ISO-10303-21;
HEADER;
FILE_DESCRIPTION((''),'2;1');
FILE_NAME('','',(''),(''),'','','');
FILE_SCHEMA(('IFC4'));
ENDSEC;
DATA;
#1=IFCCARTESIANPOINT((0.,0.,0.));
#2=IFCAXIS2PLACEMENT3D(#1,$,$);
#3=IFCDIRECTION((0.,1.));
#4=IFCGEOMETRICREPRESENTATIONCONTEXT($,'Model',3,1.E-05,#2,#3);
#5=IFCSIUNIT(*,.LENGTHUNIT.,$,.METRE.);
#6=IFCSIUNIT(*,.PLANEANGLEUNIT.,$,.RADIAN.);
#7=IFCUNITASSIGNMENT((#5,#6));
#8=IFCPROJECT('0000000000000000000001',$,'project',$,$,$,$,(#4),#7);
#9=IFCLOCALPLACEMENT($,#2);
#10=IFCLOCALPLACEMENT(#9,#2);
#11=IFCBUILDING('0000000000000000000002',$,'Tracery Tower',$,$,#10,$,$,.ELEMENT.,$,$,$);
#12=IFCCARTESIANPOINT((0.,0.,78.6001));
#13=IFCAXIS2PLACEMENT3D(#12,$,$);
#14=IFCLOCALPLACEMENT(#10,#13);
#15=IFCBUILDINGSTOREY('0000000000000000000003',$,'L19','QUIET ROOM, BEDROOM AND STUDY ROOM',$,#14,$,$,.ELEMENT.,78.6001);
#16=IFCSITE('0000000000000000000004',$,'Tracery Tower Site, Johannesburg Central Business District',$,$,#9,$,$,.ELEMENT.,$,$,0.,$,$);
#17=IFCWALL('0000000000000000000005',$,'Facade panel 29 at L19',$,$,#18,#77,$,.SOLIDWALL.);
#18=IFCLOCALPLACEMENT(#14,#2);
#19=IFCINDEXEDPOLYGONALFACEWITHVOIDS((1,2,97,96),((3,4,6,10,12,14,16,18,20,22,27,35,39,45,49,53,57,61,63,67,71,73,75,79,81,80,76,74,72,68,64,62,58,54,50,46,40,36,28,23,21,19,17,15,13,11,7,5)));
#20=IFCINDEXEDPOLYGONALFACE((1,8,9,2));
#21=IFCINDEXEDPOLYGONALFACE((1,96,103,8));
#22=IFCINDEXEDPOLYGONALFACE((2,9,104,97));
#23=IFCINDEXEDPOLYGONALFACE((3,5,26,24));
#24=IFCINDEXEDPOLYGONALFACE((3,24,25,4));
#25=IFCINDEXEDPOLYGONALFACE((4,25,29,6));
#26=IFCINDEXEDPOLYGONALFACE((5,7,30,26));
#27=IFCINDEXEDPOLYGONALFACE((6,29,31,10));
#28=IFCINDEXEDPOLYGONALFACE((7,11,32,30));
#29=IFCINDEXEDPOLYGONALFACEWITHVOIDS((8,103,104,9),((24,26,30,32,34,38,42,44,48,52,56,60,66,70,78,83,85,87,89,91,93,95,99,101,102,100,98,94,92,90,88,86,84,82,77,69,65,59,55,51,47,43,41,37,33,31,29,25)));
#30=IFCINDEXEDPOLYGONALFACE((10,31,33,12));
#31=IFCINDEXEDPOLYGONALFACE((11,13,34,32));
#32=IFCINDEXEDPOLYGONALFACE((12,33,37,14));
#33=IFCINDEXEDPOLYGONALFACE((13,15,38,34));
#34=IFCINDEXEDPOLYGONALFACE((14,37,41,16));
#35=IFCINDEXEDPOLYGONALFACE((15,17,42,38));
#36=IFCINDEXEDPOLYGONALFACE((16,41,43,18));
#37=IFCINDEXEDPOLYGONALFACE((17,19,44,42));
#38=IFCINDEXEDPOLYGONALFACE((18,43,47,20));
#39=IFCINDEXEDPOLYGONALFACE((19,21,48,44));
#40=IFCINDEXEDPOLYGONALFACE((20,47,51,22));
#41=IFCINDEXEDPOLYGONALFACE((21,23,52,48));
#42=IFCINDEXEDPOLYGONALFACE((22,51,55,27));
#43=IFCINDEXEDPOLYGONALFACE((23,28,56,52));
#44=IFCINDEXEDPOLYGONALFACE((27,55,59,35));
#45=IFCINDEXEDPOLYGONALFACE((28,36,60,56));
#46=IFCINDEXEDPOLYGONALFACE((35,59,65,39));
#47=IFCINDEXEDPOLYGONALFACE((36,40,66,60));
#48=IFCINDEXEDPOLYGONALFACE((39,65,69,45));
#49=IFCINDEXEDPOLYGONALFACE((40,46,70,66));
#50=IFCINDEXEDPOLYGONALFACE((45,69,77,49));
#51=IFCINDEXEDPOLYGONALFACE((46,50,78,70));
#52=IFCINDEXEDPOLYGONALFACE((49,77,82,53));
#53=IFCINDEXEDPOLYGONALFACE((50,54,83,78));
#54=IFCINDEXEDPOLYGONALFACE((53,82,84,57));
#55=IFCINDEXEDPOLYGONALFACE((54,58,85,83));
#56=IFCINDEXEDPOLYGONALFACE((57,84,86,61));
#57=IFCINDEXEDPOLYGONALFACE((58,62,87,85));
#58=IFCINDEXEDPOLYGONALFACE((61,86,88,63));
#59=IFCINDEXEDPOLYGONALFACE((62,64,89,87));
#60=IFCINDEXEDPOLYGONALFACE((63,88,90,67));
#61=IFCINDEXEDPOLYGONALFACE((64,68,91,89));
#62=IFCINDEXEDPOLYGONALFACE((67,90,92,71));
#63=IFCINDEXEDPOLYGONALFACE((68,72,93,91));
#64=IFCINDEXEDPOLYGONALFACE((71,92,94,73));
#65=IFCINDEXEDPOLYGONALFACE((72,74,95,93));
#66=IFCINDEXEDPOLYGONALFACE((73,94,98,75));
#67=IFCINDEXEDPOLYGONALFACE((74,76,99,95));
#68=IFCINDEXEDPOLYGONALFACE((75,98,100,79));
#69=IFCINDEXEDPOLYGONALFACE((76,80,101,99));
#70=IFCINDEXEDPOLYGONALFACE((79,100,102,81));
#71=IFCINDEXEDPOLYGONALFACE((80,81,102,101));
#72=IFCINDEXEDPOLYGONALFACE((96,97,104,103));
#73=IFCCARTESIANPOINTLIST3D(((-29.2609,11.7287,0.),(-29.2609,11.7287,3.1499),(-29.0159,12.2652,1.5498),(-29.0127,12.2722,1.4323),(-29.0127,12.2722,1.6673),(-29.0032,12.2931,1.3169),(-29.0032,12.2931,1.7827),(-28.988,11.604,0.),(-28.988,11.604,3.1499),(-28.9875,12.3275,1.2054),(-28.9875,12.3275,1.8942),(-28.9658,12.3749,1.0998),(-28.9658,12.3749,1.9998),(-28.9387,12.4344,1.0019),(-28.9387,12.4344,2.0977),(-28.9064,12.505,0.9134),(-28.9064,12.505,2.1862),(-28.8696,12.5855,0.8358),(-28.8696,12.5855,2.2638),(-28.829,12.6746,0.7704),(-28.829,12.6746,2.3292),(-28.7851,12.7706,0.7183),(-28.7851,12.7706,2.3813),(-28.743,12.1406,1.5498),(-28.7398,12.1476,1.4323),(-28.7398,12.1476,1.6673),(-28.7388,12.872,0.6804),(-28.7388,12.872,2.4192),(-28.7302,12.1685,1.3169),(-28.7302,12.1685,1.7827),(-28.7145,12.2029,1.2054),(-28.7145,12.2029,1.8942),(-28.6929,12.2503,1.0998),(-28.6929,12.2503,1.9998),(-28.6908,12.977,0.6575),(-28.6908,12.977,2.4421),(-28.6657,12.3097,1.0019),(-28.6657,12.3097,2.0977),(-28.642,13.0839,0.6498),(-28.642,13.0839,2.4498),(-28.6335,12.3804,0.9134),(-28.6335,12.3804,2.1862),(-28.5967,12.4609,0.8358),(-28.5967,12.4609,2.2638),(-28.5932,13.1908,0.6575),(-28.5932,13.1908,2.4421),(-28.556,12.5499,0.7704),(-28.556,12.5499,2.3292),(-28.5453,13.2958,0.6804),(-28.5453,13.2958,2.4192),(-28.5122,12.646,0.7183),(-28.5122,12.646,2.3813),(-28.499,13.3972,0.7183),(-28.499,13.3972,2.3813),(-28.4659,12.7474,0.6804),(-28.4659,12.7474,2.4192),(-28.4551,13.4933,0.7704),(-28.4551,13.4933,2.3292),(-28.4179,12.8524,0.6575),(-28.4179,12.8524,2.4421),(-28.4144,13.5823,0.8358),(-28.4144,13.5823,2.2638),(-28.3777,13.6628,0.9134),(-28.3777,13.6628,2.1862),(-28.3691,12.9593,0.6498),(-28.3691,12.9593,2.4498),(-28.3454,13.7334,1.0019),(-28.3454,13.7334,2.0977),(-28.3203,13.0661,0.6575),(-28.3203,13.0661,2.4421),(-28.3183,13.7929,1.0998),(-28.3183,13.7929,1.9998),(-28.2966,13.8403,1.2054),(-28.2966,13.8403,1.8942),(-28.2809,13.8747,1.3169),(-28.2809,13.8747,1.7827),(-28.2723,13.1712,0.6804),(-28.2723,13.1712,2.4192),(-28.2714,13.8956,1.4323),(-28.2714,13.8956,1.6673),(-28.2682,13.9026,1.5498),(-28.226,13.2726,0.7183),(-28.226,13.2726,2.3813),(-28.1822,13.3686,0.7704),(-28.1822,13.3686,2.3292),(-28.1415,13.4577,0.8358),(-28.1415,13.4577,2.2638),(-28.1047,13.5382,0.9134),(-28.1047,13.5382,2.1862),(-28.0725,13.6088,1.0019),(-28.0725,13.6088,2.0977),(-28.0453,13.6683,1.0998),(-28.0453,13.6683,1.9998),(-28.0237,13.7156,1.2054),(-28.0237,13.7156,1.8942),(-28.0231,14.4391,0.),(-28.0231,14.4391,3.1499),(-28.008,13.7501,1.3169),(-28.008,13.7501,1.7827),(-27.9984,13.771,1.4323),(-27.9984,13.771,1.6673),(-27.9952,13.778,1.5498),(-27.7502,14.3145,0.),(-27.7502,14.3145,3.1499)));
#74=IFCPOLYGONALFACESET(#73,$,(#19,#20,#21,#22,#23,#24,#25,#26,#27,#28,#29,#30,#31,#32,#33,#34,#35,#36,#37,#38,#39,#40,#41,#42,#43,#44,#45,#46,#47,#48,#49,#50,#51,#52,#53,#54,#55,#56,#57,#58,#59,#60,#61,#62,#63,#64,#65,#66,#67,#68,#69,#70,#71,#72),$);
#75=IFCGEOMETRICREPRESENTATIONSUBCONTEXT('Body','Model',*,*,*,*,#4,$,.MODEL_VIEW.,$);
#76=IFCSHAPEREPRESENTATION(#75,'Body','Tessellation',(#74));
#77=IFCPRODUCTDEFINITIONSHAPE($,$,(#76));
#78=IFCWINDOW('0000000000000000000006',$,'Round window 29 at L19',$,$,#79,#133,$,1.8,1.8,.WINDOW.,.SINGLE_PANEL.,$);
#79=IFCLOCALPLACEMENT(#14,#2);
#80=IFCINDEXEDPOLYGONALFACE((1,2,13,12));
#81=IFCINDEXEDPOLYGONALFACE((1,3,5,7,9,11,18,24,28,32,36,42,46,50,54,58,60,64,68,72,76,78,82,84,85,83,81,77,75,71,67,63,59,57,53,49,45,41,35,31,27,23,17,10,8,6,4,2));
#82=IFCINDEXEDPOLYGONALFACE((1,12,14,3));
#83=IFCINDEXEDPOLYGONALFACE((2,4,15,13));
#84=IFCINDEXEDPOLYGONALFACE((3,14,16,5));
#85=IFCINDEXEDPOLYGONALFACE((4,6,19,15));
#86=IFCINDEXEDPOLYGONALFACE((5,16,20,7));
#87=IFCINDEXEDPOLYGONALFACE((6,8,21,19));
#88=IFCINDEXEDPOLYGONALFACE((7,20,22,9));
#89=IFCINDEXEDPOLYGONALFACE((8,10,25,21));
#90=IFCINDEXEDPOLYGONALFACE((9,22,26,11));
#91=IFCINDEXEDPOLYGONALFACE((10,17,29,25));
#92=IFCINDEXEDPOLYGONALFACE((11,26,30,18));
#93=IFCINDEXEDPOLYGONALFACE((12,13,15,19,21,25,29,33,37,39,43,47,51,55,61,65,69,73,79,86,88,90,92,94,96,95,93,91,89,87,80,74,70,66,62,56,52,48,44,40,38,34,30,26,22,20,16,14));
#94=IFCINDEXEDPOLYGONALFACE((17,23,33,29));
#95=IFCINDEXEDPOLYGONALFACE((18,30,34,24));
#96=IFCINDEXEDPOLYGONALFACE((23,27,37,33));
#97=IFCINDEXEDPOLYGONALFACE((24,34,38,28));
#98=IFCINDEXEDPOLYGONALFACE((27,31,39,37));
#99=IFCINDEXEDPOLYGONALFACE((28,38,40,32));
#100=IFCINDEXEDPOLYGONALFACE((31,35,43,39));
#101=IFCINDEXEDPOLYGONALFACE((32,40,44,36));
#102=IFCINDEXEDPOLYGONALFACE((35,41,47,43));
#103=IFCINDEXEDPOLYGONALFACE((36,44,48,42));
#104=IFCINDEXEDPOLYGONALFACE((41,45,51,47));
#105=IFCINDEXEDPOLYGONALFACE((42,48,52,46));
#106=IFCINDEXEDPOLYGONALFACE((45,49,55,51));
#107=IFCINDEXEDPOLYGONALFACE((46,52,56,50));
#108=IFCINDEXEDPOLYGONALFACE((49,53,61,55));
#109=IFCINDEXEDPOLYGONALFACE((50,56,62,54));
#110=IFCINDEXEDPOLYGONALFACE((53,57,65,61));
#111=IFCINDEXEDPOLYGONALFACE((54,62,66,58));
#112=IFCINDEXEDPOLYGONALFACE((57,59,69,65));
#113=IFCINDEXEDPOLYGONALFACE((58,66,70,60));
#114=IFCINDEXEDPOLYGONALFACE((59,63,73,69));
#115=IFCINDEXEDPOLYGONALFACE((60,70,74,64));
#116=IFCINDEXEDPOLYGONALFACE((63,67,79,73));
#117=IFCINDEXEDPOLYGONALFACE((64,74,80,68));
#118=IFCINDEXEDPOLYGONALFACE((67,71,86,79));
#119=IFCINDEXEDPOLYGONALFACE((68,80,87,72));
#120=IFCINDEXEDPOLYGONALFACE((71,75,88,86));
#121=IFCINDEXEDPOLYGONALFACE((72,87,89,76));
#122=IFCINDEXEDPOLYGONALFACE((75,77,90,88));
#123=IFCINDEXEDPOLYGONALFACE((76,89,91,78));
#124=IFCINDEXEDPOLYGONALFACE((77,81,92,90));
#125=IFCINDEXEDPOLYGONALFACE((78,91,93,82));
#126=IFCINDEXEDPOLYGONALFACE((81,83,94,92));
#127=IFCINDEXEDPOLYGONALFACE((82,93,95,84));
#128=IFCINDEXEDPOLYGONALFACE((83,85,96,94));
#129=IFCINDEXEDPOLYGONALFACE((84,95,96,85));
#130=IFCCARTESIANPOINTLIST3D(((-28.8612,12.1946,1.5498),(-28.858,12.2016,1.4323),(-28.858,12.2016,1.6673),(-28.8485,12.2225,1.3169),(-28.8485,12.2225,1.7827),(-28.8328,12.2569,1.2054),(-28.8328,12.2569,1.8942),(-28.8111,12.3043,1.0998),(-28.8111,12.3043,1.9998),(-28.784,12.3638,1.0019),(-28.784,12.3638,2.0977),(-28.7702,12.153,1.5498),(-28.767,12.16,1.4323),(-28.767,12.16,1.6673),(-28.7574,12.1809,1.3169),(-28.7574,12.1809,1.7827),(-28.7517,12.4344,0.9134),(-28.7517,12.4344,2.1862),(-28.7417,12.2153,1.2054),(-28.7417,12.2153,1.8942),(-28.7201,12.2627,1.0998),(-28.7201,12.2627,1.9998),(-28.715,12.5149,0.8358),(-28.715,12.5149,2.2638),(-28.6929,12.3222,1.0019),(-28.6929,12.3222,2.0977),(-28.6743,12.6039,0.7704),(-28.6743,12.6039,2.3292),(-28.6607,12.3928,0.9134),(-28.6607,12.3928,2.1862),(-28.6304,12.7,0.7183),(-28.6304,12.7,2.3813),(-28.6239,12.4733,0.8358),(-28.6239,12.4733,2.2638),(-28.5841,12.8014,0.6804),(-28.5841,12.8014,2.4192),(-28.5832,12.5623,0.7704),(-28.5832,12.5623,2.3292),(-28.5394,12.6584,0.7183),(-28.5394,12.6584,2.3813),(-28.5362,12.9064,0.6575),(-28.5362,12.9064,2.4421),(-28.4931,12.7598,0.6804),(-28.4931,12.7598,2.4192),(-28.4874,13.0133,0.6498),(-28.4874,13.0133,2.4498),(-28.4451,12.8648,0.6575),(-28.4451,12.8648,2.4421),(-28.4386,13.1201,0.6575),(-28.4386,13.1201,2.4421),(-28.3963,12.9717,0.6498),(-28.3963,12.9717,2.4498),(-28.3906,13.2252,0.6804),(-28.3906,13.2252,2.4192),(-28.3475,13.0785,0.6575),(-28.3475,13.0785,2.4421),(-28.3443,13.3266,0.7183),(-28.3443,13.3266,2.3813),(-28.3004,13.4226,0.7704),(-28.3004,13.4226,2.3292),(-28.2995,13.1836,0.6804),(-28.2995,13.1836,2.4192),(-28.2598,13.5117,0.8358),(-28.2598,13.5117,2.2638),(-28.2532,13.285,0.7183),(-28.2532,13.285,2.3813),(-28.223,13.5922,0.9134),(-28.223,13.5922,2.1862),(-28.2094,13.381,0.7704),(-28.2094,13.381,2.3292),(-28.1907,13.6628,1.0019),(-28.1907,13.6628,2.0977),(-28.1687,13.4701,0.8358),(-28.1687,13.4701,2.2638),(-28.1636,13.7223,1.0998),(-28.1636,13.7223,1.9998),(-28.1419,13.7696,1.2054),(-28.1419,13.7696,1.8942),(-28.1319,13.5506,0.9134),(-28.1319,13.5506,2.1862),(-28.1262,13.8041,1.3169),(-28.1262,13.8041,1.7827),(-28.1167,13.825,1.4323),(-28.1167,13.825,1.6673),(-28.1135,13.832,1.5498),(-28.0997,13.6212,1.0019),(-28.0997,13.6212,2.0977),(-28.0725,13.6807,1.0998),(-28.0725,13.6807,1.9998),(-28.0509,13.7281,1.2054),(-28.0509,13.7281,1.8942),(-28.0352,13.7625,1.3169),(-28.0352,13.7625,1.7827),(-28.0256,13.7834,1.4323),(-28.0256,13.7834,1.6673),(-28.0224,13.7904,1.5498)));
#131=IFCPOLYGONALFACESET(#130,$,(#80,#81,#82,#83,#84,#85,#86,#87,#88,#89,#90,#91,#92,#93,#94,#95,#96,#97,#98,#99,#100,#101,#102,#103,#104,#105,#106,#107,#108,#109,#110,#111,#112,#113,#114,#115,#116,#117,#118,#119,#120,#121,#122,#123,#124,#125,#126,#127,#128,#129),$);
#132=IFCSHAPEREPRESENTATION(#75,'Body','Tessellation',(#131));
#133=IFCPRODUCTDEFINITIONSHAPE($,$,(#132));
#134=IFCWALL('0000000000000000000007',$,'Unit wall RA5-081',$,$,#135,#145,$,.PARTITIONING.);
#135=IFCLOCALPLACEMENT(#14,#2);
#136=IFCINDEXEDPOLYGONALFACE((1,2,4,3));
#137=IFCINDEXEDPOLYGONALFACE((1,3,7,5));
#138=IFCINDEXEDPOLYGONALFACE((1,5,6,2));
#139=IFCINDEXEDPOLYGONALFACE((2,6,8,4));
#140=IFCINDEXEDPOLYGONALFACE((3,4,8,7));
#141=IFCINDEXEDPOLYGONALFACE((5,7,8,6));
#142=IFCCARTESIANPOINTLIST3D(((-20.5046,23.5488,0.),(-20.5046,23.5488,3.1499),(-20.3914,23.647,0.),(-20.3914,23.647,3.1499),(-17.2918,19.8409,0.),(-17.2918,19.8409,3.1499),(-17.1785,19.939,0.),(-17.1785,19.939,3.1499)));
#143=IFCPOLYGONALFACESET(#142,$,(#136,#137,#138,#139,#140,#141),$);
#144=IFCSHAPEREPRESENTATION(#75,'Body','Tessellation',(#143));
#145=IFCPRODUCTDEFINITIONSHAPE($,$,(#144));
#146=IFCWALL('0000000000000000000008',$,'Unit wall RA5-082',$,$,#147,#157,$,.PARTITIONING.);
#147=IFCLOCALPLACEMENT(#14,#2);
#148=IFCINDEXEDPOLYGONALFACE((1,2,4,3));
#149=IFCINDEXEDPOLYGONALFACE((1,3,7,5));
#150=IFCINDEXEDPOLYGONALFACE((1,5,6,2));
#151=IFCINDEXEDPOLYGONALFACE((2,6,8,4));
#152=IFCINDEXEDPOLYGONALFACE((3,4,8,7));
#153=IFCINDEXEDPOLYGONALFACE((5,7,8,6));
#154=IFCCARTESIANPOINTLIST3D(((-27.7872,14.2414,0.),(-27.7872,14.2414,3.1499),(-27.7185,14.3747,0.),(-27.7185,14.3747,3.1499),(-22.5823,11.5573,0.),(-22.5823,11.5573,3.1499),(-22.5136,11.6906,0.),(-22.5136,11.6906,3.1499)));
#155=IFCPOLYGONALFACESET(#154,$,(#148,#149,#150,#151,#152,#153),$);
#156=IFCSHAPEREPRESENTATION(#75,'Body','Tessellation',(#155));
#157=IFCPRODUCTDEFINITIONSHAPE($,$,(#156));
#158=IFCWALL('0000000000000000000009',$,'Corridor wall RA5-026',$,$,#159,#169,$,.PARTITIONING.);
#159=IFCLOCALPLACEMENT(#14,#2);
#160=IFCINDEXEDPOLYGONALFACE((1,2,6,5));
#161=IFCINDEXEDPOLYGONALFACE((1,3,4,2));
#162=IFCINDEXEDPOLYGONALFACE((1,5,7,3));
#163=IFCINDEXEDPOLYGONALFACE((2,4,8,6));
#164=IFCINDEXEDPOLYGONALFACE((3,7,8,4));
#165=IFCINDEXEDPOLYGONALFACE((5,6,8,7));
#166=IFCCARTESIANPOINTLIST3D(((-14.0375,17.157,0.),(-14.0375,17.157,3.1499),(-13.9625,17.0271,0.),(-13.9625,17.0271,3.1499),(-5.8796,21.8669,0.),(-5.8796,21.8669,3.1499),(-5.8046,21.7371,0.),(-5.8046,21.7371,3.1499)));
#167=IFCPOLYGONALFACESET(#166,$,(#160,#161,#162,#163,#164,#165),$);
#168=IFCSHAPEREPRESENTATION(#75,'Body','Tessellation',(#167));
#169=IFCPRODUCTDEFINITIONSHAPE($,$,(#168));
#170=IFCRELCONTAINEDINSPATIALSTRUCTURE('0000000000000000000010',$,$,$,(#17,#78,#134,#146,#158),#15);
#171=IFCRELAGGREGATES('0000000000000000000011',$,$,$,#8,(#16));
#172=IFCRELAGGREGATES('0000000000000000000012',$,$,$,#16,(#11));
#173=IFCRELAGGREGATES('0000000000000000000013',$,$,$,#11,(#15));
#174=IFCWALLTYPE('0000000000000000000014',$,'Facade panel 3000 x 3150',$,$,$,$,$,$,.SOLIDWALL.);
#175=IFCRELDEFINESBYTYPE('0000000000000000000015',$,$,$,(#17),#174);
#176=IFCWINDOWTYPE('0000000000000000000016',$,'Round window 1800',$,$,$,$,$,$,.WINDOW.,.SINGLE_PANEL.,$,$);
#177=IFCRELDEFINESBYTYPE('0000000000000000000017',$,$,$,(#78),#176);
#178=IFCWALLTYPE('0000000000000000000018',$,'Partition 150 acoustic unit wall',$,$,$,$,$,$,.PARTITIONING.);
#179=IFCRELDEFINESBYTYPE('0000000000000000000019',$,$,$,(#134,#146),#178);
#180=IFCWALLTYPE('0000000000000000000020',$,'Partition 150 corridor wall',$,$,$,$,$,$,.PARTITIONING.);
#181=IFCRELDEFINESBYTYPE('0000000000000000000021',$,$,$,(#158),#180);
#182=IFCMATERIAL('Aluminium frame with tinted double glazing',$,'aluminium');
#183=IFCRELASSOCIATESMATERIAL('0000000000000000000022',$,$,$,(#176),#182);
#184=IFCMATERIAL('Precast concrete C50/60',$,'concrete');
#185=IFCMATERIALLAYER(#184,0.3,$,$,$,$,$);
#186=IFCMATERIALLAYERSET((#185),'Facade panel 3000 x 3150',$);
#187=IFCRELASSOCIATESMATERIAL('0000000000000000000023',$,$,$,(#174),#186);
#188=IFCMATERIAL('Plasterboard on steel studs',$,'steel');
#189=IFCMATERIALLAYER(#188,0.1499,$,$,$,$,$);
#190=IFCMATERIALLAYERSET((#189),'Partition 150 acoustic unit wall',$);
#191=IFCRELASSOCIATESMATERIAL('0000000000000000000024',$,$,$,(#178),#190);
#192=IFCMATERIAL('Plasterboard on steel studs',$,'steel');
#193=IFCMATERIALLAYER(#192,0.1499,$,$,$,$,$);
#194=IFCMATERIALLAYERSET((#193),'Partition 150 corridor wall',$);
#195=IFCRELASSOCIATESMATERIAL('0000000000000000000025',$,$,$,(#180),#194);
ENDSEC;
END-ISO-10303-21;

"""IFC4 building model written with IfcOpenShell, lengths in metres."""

from ifc_helpers import new_model, si_unit, direction, frame, frame_2d, origin, origin_2d, place, context, subcontext, project, spatial, rectangle, circle, extrude, material, layer, layer_set, type_object, element, fill, save


model = new_model("IFC4")

# Units and contexts
model_context = context("Model", 3, precision=1e-05, world=origin(), true_north=direction((0.0, 1.0)))
body_context = subcontext(model_context, "Body", "Model", "MODEL_VIEW")
ifc_project = project(units=[si_unit("LENGTHUNIT", "METRE"), si_unit("PLANEANGLEUNIT", "RADIAN")], contexts=[model_context])

# Site, building, storey
site_placement = place(None, origin())
site = spatial("IfcSite", under=ifc_project, at=site_placement, Name="Tracery Tower Site, Johannesburg Central Business District", CompositionType="ELEMENT", RefElevation=0.0)
building_placement = place(site_placement, origin())
building = spatial("IfcBuilding", under=site, at=building_placement, Name="Tracery Tower", CompositionType="ELEMENT")
storey_placement = place(building_placement, frame((0.0, 0.0, 78.6001)))
storey = spatial("IfcBuildingStorey", under=building, at=storey_placement, Name="L19", Description="QUIET ROOM, BEDROOM AND STUDY ROOM", CompositionType="ELEMENT", Elevation=78.6001)

# Wall, opening, window
ifc_material_1 = material(Name="Aluminium frame with tinted double glazing", Category="aluminium")
window_type = type_object("IfcWindowType", Name="Round window 1800", PartitioningType="SINGLE_PANEL", PredefinedType="WINDOW", material=ifc_material_1)
ifc_material_2 = material(Name="Precast concrete C50/60", Category="concrete")
ifc_layer_1 = layer(ifc_material_2, 0.3)
ifc_layer_set_1 = layer_set([ifc_layer_1], Name="Facade panel 3000 x 3150")
wall_type_1 = type_object("IfcWallType", Name="Facade panel 3000 x 3150", PredefinedType="SOLIDWALL", material=ifc_layer_set_1)
wall_1_placement = place(storey_placement, frame((-27.8867, 14.3767, 0.0), z_axis=(0.0, 0.0, 1.0), x_axis=(-0.415407, -0.909636, 0.0)))
wall_1 = element("IfcWall", 1, at=wall_1_placement, inside=storey, type_object=wall_type_1, Name="Facade panel 29 at L19", PredefinedType="SOLIDWALL", context=body_context, shape_type="SweptSolid", body=[
    extrude(rectangle(XDim=2.9797, YDim=0.3, at=frame_2d((1.4897, 0.0))), origin(), (0.0, 0.0, 1.0), 3.1499),
])
opening_1_placement = place(wall_1_placement, frame((1.4897, 0.0, 1.5498)))
opening_1 = element("IfcOpeningElement", 2, at=opening_1_placement, cuts=wall_1, PredefinedType="OPENING", context=body_context, shape_type="SweptSolid", body=[
    extrude(circle(Radius=0.9, at=origin_2d()), frame((0.0, 0.1599, 0.0), z_axis=(0.0, -1.0, 0.0), x_axis=(1.0, 0.0, 0.0)), (0.0, 0.0, 1.0), 0.3201),
])
window_1_placement = place(opening_1_placement, origin())
window_1 = element("IfcWindow", 3, at=window_1_placement, inside=storey, type_object=window_type, Name="Round window 29 at L19", OverallHeight=1.8, OverallWidth=1.8, PartitioningType="SINGLE_PANEL", PredefinedType="WINDOW", context=body_context, shape_type="SweptSolid", body=[
    extrude(circle(Radius=0.9, at=origin_2d()), frame((0.0, 0.1201, 0.0), z_axis=(0.0, -1.0, 0.0), x_axis=(1.0, 0.0, 0.0)), (0.0, 0.0, 1.0), 0.1001),
])
fill(opening_1, window_1)

# Walls
ifc_material_3 = material(Name="Plasterboard on steel studs", Category="steel")
ifc_layer_2 = layer(ifc_material_3, 0.1499)
ifc_layer_set_2 = layer_set([ifc_layer_2], Name="Partition 150 acoustic unit wall")
wall_type_2 = type_object("IfcWallType", Name="Partition 150 acoustic unit wall", PredefinedType="PARTITIONING", material=ifc_layer_set_2)
wall_2_placement = place(storey_placement, frame((-20.448, 23.5979, 0.0), z_axis=(0.0, 0.0, 1.0), x_axis=(0.654847, -0.755761, 0.0)))
element("IfcWall", 4, at=wall_2_placement, inside=storey, type_object=wall_type_2, Name="Unit wall RA5-081", PredefinedType="PARTITIONING", context=body_context, shape_type="SweptSolid", body=[
    extrude(rectangle(XDim=4.9062, YDim=0.1499, at=frame_2d((2.4531, 0.0))), origin(), (0.0, 0.0, 1.0), 3.1499),
])
wall_3_placement = place(storey_placement, frame((-27.7529, 14.3081, 0.0), z_axis=(0.0, 0.0, 1.0), x_axis=(0.88878, -0.458335, 0.0)))
element("IfcWall", 5, at=wall_3_placement, inside=storey, type_object=wall_type_2, Name="Unit wall RA5-082", PredefinedType="PARTITIONING", context=body_context, shape_type="SweptSolid", body=[
    extrude(rectangle(XDim=5.8562, YDim=0.1499, at=frame_2d((2.9282, 0.0))), origin(), (0.0, 0.0, 1.0), 3.1499),
])
ifc_material_4 = material(Name="Plasterboard on steel studs", Category="steel")
ifc_layer_3 = layer(ifc_material_4, 0.1499)
ifc_layer_set_3 = layer_set([ifc_layer_3], Name="Partition 150 corridor wall")
wall_type_3 = type_object("IfcWallType", Name="Partition 150 corridor wall", PredefinedType="PARTITIONING", material=ifc_layer_set_3)
wall_4_placement = place(storey_placement, frame((-14.0, 17.092, 0.0), z_axis=(0.0, 0.0, 1.0), x_axis=(0.866027, 0.499997, 0.0)))
element("IfcWall", 6, at=wall_4_placement, inside=storey, type_object=wall_type_3, Name="Corridor wall RA5-026", PredefinedType="PARTITIONING", context=body_context, shape_type="SweptSolid", body=[
    extrude(rectangle(XDim=9.4199, YDim=0.1499, at=frame_2d((4.71, 0.0))), origin(), (0.0, 0.0, 1.0), 3.1499),
])

save(model, "model.ifc")
